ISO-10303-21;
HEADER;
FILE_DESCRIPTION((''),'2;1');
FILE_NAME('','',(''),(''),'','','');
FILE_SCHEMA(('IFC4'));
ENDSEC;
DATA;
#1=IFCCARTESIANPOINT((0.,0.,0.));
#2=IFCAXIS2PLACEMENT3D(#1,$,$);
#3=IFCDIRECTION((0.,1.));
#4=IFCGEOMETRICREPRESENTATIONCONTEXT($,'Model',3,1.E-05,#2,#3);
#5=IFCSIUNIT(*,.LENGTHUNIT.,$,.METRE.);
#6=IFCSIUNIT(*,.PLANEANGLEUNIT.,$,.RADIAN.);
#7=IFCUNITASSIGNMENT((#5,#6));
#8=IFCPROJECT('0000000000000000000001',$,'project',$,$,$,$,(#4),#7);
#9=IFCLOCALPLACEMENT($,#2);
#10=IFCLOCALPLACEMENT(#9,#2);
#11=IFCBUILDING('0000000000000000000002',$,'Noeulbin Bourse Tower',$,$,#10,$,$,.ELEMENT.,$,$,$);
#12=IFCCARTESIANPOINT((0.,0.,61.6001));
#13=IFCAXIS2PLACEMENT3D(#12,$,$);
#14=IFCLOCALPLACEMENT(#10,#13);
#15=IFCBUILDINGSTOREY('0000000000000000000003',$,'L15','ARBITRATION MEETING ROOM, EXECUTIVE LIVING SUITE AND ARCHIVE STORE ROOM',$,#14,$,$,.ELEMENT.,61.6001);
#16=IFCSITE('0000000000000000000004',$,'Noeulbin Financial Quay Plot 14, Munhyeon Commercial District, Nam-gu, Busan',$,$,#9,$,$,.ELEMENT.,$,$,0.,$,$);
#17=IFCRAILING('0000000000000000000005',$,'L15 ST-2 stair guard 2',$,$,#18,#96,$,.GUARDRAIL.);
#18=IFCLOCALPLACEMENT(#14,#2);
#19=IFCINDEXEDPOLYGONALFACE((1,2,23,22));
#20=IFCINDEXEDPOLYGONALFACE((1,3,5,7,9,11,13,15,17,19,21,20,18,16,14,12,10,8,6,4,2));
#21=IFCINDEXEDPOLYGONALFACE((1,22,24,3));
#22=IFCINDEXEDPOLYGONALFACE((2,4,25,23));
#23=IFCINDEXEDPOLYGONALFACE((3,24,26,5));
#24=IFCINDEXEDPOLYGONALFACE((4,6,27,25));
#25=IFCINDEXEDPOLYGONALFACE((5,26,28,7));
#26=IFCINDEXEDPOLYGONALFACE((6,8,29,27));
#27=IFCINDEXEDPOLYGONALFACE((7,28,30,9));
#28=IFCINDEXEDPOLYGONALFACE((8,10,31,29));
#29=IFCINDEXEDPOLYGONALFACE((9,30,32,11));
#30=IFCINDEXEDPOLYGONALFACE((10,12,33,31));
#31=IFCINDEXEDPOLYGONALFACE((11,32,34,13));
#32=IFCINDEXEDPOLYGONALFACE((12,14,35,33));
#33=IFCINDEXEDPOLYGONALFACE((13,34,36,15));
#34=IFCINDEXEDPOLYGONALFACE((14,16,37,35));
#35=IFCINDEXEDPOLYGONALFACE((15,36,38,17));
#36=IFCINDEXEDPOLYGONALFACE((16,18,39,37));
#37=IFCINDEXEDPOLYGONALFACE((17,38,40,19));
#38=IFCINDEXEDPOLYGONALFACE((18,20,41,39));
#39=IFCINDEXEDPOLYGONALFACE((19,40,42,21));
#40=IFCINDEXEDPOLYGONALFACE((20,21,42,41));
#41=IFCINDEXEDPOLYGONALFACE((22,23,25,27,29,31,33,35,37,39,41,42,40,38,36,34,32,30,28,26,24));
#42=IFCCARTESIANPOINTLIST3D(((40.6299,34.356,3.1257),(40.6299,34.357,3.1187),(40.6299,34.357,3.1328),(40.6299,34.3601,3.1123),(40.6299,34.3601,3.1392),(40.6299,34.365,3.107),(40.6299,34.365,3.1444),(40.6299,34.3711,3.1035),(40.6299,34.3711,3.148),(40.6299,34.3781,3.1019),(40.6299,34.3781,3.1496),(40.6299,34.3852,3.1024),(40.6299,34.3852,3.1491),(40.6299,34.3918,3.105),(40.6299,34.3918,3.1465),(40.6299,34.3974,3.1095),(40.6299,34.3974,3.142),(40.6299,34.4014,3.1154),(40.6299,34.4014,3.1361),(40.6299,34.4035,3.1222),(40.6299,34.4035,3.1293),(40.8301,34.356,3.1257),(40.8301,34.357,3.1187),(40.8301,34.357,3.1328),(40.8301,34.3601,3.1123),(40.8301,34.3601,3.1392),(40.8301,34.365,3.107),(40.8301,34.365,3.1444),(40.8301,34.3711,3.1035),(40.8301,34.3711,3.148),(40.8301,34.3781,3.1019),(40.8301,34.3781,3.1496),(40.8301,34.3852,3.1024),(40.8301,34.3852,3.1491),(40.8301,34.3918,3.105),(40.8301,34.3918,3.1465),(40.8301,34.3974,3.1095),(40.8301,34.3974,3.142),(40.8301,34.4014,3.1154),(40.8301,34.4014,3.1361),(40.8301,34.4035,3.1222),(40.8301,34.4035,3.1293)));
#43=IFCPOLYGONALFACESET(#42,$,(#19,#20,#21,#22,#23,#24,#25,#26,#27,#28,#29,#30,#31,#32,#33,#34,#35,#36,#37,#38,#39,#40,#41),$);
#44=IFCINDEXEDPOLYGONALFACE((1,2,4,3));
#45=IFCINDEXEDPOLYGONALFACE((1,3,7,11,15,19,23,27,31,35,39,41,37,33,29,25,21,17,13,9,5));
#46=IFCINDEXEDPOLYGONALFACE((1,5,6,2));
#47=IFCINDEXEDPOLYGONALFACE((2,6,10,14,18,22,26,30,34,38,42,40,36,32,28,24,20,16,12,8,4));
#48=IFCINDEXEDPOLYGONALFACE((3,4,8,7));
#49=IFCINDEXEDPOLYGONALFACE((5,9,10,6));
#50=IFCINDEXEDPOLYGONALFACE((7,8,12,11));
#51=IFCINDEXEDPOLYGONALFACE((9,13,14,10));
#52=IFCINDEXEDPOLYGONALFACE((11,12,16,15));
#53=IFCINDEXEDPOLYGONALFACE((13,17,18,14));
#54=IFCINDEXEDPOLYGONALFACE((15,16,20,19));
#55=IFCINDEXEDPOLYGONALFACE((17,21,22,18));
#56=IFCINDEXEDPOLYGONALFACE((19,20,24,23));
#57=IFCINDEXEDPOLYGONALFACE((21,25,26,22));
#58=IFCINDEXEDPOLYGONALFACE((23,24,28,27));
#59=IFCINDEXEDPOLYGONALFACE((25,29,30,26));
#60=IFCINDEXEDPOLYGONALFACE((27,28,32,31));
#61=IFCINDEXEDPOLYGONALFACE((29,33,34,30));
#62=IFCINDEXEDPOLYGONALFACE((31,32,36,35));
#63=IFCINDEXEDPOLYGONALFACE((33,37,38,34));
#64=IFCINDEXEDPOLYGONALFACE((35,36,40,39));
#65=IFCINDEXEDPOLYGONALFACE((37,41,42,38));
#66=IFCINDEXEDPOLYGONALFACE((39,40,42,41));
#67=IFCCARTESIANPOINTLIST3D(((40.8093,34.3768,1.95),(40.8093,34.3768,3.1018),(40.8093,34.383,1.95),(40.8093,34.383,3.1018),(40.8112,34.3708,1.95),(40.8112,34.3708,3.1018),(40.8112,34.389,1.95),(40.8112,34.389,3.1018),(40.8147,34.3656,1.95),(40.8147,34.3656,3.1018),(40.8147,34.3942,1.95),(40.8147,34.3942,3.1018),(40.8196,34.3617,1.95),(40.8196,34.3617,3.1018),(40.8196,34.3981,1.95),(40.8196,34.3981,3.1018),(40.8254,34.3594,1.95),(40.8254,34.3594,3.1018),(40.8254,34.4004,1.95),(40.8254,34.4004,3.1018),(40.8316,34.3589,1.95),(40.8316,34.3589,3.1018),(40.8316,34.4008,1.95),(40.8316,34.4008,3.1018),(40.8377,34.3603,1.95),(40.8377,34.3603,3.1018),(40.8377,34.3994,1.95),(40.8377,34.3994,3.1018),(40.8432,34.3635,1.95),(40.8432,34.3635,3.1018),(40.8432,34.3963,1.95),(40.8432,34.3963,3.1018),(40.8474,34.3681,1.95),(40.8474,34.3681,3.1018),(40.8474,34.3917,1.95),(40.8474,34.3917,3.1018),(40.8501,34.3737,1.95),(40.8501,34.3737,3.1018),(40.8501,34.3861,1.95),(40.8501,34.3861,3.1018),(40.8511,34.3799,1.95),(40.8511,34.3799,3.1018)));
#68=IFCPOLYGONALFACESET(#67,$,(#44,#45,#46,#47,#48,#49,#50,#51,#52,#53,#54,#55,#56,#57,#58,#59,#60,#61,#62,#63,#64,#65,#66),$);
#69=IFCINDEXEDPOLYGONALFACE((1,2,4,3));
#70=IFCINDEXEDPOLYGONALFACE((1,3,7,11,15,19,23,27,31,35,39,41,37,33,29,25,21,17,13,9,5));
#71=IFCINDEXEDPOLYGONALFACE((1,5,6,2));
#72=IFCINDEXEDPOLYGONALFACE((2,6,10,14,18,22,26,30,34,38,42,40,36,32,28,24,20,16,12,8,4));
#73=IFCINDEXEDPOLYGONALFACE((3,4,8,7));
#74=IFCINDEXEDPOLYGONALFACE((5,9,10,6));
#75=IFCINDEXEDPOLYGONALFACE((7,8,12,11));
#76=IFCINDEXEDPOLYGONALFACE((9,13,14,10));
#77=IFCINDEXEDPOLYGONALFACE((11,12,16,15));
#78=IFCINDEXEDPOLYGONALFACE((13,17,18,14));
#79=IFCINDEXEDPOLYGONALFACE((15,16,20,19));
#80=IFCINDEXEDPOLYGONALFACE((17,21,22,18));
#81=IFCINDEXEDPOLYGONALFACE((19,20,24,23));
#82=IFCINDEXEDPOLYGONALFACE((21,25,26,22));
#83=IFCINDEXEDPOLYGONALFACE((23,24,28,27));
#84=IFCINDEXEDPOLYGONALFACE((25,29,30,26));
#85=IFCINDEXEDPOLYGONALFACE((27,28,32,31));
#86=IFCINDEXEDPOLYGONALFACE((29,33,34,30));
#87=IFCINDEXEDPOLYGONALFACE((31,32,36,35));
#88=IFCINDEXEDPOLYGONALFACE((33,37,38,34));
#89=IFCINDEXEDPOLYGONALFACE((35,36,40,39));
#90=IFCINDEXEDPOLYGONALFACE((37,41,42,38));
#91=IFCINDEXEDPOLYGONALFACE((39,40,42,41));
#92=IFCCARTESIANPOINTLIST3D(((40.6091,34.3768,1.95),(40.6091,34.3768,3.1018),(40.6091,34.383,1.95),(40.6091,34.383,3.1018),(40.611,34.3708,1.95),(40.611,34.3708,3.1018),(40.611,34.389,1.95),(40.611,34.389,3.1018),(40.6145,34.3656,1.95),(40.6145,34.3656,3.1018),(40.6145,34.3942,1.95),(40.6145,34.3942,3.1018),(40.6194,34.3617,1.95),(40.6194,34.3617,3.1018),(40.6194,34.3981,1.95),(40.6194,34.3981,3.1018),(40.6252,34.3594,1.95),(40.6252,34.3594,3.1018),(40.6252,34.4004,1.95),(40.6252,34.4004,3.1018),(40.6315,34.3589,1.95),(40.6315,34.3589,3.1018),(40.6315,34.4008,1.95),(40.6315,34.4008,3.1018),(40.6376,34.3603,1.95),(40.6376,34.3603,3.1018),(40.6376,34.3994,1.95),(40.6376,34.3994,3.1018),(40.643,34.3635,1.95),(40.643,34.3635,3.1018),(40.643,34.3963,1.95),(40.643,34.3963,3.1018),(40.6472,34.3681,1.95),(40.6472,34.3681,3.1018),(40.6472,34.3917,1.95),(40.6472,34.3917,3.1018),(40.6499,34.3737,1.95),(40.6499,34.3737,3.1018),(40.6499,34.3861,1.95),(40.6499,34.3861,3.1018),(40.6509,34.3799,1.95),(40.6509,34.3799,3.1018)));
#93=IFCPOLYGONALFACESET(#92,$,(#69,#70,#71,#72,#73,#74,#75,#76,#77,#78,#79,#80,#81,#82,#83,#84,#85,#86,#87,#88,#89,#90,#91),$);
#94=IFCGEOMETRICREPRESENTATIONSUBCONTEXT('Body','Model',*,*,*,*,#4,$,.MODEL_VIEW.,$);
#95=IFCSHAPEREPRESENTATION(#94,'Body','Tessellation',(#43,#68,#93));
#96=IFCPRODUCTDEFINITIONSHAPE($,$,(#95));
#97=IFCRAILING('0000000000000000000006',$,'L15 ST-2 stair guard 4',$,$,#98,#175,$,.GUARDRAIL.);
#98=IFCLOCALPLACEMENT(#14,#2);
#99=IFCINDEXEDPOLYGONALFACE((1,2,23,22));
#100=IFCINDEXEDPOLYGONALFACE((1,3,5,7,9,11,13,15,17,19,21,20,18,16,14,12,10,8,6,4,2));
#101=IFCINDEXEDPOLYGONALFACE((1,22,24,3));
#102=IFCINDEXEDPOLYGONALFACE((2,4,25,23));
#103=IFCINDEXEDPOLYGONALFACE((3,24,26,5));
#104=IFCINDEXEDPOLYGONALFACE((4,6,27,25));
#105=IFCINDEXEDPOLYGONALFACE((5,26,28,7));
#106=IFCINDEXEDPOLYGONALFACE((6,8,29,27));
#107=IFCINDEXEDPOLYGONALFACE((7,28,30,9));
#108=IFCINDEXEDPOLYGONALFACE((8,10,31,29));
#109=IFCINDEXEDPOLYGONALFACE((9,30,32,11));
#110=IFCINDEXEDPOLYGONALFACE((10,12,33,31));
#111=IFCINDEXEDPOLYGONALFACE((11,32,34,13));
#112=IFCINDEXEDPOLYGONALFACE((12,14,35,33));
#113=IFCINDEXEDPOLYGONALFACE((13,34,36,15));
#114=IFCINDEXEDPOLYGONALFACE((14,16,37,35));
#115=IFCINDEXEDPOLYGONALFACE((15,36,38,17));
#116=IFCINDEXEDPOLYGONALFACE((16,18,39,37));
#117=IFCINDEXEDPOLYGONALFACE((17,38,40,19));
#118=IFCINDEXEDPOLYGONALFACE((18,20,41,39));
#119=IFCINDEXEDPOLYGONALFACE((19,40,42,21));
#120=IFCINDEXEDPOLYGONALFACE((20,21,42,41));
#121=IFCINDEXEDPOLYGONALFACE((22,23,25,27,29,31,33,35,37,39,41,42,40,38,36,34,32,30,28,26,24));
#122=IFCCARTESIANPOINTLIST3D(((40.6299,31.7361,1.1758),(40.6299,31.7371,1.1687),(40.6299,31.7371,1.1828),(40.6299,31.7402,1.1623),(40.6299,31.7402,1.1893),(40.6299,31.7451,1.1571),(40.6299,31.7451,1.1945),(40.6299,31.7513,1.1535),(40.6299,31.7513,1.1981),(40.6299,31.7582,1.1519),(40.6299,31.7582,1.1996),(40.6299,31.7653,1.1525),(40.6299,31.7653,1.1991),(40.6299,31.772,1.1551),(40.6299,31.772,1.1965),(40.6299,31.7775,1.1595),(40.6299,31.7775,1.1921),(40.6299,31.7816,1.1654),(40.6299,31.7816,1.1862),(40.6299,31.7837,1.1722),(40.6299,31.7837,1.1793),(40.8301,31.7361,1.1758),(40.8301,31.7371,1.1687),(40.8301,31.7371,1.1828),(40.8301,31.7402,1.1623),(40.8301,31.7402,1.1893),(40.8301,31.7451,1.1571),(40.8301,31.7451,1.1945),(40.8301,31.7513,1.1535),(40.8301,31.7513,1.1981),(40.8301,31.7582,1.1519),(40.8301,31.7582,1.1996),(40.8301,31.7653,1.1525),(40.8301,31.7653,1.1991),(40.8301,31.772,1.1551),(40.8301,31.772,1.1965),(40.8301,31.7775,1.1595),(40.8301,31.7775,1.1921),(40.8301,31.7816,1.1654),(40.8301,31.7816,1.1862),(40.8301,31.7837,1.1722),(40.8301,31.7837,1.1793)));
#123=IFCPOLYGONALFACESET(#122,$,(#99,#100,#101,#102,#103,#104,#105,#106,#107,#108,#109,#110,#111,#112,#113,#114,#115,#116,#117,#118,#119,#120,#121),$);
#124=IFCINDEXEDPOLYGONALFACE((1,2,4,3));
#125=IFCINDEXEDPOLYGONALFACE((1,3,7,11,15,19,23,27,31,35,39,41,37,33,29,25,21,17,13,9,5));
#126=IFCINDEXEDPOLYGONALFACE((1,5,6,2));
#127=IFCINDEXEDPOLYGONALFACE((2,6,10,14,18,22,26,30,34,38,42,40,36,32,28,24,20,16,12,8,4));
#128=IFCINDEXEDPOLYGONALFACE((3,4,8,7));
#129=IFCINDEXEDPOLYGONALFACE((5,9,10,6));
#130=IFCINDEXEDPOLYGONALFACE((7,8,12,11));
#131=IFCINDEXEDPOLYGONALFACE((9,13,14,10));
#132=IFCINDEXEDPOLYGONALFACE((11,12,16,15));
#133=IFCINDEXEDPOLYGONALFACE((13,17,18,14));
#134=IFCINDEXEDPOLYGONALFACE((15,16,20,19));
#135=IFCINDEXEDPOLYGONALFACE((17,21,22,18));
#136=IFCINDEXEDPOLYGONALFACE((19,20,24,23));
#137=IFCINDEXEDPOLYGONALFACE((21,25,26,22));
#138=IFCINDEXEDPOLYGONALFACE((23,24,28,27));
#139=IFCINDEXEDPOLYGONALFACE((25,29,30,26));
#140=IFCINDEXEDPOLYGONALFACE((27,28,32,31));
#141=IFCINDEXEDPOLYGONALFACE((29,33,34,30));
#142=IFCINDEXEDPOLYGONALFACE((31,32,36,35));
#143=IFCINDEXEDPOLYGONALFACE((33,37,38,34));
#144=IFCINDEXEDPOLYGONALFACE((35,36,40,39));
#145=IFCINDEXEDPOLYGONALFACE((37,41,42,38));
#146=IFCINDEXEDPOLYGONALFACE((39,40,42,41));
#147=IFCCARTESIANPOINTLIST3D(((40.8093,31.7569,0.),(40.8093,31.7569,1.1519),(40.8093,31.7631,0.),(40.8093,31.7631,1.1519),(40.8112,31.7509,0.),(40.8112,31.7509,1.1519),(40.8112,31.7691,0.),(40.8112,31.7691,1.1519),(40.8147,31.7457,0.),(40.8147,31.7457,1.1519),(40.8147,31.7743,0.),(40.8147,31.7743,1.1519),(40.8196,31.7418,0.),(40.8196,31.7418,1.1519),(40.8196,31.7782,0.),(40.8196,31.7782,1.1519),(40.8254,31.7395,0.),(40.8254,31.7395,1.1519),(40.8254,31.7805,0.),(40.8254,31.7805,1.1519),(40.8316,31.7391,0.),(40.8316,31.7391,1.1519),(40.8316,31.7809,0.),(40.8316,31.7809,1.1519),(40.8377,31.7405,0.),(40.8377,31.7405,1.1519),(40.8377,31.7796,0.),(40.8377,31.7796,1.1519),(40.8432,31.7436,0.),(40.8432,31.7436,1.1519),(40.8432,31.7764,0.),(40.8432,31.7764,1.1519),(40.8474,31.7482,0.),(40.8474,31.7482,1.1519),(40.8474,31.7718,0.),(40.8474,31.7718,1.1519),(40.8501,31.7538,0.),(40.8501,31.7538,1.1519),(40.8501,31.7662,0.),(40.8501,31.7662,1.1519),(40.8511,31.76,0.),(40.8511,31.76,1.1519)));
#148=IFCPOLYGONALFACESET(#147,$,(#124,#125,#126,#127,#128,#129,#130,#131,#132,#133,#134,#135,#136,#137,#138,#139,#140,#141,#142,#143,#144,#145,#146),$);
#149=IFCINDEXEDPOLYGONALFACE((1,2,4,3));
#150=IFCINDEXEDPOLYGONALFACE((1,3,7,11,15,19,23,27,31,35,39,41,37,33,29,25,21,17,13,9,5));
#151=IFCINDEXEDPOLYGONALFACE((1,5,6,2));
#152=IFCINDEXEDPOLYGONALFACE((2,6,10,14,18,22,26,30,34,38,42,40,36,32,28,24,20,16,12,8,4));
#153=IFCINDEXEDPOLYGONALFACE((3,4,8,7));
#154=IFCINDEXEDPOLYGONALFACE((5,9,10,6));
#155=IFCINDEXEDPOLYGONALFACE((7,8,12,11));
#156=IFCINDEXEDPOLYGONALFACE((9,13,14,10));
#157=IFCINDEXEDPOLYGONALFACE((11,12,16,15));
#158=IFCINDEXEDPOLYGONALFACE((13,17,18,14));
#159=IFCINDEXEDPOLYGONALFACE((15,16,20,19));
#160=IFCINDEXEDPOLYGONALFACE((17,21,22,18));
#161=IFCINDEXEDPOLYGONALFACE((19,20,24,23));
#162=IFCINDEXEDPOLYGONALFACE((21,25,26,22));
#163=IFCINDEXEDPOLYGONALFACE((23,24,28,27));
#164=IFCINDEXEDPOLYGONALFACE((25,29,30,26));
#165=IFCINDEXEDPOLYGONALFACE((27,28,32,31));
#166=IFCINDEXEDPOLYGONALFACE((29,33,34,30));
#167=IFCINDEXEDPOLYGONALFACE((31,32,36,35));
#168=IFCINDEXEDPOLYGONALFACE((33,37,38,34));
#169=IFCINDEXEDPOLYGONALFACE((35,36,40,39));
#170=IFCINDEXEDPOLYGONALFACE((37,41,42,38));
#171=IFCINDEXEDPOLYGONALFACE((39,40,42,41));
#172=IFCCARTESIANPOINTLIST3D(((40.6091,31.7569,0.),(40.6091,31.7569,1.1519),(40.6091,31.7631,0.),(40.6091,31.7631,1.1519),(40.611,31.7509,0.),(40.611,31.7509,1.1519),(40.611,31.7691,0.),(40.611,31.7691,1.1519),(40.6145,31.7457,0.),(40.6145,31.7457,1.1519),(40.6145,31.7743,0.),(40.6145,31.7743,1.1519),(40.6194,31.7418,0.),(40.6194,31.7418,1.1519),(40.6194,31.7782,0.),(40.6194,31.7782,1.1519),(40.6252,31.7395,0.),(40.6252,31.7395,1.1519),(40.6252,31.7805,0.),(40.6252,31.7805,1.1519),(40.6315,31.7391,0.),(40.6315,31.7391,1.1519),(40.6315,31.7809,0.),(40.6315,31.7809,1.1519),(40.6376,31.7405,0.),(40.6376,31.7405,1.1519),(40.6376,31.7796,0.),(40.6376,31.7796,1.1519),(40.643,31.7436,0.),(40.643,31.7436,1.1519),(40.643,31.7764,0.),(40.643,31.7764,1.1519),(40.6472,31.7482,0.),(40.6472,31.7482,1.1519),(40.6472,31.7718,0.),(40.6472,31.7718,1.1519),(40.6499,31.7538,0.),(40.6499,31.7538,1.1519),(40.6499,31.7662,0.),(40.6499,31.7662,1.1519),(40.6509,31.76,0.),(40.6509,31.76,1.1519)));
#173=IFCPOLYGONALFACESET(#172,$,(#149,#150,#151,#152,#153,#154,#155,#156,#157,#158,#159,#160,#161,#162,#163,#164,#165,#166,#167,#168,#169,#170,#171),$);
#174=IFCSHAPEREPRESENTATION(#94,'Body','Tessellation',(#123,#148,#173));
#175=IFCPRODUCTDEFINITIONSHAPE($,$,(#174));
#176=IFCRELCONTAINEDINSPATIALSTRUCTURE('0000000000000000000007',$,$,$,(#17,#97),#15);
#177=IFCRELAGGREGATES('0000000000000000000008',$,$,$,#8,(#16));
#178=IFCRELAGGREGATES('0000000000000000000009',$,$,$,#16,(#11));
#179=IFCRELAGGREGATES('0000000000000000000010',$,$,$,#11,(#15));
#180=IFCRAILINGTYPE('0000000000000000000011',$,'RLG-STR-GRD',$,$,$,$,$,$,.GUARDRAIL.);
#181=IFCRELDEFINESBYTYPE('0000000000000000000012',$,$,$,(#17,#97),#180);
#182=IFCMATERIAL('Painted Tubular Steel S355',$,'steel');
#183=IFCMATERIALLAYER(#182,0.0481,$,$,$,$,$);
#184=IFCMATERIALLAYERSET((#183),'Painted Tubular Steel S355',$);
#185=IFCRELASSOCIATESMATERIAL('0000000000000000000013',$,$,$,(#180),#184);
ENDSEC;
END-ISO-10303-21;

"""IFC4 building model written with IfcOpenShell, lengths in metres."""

from ifc_helpers import new_model, si_unit, direction, frame, origin, origin_2d, place, context, subcontext, project, spatial, circle, extrude, material, layer, layer_set, type_object, element, save


model = new_model("IFC4")

# Units and contexts
model_context = context("Model", 3, precision=1e-05, world=origin(), true_north=direction((0.0, 1.0)))
body_context = subcontext(model_context, "Body", "Model", "MODEL_VIEW")
ifc_project = project(units=[si_unit("LENGTHUNIT", "METRE"), si_unit("PLANEANGLEUNIT", "RADIAN")], contexts=[model_context])

# Site, building, storey
site_placement = place(None, origin())
site = spatial("IfcSite", under=ifc_project, at=site_placement, Name="Noeulbin Financial Quay Plot 14, Munhyeon Commercial District, Nam-gu, Busan", CompositionType="ELEMENT", RefElevation=0.0)
building_placement = place(site_placement, origin())
building = spatial("IfcBuilding", under=site, at=building_placement, Name="Noeulbin Bourse Tower", CompositionType="ELEMENT")
storey_placement = place(building_placement, frame((0.0, 0.0, 61.6001)))
storey = spatial("IfcBuildingStorey", under=building, at=storey_placement, Name="L15", Description="ARBITRATION MEETING ROOM, EXECUTIVE LIVING SUITE AND ARCHIVE STORE ROOM", CompositionType="ELEMENT", Elevation=61.6001)

# Railings
ifc_material_1 = material(Name="Painted Tubular Steel S355", Category="steel")
ifc_layer_1 = layer(ifc_material_1, 0.0481)
ifc_layer_set_1 = layer_set([ifc_layer_1], Name="Painted Tubular Steel S355")
railing_type_1 = type_object("IfcRailingType", Name="RLG-STR-GRD", PredefinedType="GUARDRAIL", material=ifc_layer_set_1)
for number, where, name in (
    (1, (40.8301, 34.3799, 1.95), "L15 ST-2 stair guard 2"),
    (2, (40.8301, 31.76, 0.0), "L15 ST-2 stair guard 4"),
):
    element("IfcRailing", number, at=place(storey_placement, frame(where)), inside=storey, type_object=railing_type_1, Name=name, PredefinedType="GUARDRAIL", context=body_context, shape_type="SweptSolid", body=[
        extrude(circle(Radius=0.0239, at=origin_2d()), frame((0.0, 0.0, 1.1758), z_axis=(-1.0, 0.0, 0.0), x_axis=(0.0, -1.0, 0.0)), (0.0, 0.0, 1.0), 0.2002),
        extrude(circle(Radius=0.021, at=origin_2d()), origin(), (0.0, 0.0, 1.0), 1.1519),
        extrude(circle(Radius=0.021, at=origin_2d()), frame((-0.2002, 0.0, 0.0)), (0.0, 0.0, 1.0), 1.1519),
    ])

save(model, "model.ifc")
